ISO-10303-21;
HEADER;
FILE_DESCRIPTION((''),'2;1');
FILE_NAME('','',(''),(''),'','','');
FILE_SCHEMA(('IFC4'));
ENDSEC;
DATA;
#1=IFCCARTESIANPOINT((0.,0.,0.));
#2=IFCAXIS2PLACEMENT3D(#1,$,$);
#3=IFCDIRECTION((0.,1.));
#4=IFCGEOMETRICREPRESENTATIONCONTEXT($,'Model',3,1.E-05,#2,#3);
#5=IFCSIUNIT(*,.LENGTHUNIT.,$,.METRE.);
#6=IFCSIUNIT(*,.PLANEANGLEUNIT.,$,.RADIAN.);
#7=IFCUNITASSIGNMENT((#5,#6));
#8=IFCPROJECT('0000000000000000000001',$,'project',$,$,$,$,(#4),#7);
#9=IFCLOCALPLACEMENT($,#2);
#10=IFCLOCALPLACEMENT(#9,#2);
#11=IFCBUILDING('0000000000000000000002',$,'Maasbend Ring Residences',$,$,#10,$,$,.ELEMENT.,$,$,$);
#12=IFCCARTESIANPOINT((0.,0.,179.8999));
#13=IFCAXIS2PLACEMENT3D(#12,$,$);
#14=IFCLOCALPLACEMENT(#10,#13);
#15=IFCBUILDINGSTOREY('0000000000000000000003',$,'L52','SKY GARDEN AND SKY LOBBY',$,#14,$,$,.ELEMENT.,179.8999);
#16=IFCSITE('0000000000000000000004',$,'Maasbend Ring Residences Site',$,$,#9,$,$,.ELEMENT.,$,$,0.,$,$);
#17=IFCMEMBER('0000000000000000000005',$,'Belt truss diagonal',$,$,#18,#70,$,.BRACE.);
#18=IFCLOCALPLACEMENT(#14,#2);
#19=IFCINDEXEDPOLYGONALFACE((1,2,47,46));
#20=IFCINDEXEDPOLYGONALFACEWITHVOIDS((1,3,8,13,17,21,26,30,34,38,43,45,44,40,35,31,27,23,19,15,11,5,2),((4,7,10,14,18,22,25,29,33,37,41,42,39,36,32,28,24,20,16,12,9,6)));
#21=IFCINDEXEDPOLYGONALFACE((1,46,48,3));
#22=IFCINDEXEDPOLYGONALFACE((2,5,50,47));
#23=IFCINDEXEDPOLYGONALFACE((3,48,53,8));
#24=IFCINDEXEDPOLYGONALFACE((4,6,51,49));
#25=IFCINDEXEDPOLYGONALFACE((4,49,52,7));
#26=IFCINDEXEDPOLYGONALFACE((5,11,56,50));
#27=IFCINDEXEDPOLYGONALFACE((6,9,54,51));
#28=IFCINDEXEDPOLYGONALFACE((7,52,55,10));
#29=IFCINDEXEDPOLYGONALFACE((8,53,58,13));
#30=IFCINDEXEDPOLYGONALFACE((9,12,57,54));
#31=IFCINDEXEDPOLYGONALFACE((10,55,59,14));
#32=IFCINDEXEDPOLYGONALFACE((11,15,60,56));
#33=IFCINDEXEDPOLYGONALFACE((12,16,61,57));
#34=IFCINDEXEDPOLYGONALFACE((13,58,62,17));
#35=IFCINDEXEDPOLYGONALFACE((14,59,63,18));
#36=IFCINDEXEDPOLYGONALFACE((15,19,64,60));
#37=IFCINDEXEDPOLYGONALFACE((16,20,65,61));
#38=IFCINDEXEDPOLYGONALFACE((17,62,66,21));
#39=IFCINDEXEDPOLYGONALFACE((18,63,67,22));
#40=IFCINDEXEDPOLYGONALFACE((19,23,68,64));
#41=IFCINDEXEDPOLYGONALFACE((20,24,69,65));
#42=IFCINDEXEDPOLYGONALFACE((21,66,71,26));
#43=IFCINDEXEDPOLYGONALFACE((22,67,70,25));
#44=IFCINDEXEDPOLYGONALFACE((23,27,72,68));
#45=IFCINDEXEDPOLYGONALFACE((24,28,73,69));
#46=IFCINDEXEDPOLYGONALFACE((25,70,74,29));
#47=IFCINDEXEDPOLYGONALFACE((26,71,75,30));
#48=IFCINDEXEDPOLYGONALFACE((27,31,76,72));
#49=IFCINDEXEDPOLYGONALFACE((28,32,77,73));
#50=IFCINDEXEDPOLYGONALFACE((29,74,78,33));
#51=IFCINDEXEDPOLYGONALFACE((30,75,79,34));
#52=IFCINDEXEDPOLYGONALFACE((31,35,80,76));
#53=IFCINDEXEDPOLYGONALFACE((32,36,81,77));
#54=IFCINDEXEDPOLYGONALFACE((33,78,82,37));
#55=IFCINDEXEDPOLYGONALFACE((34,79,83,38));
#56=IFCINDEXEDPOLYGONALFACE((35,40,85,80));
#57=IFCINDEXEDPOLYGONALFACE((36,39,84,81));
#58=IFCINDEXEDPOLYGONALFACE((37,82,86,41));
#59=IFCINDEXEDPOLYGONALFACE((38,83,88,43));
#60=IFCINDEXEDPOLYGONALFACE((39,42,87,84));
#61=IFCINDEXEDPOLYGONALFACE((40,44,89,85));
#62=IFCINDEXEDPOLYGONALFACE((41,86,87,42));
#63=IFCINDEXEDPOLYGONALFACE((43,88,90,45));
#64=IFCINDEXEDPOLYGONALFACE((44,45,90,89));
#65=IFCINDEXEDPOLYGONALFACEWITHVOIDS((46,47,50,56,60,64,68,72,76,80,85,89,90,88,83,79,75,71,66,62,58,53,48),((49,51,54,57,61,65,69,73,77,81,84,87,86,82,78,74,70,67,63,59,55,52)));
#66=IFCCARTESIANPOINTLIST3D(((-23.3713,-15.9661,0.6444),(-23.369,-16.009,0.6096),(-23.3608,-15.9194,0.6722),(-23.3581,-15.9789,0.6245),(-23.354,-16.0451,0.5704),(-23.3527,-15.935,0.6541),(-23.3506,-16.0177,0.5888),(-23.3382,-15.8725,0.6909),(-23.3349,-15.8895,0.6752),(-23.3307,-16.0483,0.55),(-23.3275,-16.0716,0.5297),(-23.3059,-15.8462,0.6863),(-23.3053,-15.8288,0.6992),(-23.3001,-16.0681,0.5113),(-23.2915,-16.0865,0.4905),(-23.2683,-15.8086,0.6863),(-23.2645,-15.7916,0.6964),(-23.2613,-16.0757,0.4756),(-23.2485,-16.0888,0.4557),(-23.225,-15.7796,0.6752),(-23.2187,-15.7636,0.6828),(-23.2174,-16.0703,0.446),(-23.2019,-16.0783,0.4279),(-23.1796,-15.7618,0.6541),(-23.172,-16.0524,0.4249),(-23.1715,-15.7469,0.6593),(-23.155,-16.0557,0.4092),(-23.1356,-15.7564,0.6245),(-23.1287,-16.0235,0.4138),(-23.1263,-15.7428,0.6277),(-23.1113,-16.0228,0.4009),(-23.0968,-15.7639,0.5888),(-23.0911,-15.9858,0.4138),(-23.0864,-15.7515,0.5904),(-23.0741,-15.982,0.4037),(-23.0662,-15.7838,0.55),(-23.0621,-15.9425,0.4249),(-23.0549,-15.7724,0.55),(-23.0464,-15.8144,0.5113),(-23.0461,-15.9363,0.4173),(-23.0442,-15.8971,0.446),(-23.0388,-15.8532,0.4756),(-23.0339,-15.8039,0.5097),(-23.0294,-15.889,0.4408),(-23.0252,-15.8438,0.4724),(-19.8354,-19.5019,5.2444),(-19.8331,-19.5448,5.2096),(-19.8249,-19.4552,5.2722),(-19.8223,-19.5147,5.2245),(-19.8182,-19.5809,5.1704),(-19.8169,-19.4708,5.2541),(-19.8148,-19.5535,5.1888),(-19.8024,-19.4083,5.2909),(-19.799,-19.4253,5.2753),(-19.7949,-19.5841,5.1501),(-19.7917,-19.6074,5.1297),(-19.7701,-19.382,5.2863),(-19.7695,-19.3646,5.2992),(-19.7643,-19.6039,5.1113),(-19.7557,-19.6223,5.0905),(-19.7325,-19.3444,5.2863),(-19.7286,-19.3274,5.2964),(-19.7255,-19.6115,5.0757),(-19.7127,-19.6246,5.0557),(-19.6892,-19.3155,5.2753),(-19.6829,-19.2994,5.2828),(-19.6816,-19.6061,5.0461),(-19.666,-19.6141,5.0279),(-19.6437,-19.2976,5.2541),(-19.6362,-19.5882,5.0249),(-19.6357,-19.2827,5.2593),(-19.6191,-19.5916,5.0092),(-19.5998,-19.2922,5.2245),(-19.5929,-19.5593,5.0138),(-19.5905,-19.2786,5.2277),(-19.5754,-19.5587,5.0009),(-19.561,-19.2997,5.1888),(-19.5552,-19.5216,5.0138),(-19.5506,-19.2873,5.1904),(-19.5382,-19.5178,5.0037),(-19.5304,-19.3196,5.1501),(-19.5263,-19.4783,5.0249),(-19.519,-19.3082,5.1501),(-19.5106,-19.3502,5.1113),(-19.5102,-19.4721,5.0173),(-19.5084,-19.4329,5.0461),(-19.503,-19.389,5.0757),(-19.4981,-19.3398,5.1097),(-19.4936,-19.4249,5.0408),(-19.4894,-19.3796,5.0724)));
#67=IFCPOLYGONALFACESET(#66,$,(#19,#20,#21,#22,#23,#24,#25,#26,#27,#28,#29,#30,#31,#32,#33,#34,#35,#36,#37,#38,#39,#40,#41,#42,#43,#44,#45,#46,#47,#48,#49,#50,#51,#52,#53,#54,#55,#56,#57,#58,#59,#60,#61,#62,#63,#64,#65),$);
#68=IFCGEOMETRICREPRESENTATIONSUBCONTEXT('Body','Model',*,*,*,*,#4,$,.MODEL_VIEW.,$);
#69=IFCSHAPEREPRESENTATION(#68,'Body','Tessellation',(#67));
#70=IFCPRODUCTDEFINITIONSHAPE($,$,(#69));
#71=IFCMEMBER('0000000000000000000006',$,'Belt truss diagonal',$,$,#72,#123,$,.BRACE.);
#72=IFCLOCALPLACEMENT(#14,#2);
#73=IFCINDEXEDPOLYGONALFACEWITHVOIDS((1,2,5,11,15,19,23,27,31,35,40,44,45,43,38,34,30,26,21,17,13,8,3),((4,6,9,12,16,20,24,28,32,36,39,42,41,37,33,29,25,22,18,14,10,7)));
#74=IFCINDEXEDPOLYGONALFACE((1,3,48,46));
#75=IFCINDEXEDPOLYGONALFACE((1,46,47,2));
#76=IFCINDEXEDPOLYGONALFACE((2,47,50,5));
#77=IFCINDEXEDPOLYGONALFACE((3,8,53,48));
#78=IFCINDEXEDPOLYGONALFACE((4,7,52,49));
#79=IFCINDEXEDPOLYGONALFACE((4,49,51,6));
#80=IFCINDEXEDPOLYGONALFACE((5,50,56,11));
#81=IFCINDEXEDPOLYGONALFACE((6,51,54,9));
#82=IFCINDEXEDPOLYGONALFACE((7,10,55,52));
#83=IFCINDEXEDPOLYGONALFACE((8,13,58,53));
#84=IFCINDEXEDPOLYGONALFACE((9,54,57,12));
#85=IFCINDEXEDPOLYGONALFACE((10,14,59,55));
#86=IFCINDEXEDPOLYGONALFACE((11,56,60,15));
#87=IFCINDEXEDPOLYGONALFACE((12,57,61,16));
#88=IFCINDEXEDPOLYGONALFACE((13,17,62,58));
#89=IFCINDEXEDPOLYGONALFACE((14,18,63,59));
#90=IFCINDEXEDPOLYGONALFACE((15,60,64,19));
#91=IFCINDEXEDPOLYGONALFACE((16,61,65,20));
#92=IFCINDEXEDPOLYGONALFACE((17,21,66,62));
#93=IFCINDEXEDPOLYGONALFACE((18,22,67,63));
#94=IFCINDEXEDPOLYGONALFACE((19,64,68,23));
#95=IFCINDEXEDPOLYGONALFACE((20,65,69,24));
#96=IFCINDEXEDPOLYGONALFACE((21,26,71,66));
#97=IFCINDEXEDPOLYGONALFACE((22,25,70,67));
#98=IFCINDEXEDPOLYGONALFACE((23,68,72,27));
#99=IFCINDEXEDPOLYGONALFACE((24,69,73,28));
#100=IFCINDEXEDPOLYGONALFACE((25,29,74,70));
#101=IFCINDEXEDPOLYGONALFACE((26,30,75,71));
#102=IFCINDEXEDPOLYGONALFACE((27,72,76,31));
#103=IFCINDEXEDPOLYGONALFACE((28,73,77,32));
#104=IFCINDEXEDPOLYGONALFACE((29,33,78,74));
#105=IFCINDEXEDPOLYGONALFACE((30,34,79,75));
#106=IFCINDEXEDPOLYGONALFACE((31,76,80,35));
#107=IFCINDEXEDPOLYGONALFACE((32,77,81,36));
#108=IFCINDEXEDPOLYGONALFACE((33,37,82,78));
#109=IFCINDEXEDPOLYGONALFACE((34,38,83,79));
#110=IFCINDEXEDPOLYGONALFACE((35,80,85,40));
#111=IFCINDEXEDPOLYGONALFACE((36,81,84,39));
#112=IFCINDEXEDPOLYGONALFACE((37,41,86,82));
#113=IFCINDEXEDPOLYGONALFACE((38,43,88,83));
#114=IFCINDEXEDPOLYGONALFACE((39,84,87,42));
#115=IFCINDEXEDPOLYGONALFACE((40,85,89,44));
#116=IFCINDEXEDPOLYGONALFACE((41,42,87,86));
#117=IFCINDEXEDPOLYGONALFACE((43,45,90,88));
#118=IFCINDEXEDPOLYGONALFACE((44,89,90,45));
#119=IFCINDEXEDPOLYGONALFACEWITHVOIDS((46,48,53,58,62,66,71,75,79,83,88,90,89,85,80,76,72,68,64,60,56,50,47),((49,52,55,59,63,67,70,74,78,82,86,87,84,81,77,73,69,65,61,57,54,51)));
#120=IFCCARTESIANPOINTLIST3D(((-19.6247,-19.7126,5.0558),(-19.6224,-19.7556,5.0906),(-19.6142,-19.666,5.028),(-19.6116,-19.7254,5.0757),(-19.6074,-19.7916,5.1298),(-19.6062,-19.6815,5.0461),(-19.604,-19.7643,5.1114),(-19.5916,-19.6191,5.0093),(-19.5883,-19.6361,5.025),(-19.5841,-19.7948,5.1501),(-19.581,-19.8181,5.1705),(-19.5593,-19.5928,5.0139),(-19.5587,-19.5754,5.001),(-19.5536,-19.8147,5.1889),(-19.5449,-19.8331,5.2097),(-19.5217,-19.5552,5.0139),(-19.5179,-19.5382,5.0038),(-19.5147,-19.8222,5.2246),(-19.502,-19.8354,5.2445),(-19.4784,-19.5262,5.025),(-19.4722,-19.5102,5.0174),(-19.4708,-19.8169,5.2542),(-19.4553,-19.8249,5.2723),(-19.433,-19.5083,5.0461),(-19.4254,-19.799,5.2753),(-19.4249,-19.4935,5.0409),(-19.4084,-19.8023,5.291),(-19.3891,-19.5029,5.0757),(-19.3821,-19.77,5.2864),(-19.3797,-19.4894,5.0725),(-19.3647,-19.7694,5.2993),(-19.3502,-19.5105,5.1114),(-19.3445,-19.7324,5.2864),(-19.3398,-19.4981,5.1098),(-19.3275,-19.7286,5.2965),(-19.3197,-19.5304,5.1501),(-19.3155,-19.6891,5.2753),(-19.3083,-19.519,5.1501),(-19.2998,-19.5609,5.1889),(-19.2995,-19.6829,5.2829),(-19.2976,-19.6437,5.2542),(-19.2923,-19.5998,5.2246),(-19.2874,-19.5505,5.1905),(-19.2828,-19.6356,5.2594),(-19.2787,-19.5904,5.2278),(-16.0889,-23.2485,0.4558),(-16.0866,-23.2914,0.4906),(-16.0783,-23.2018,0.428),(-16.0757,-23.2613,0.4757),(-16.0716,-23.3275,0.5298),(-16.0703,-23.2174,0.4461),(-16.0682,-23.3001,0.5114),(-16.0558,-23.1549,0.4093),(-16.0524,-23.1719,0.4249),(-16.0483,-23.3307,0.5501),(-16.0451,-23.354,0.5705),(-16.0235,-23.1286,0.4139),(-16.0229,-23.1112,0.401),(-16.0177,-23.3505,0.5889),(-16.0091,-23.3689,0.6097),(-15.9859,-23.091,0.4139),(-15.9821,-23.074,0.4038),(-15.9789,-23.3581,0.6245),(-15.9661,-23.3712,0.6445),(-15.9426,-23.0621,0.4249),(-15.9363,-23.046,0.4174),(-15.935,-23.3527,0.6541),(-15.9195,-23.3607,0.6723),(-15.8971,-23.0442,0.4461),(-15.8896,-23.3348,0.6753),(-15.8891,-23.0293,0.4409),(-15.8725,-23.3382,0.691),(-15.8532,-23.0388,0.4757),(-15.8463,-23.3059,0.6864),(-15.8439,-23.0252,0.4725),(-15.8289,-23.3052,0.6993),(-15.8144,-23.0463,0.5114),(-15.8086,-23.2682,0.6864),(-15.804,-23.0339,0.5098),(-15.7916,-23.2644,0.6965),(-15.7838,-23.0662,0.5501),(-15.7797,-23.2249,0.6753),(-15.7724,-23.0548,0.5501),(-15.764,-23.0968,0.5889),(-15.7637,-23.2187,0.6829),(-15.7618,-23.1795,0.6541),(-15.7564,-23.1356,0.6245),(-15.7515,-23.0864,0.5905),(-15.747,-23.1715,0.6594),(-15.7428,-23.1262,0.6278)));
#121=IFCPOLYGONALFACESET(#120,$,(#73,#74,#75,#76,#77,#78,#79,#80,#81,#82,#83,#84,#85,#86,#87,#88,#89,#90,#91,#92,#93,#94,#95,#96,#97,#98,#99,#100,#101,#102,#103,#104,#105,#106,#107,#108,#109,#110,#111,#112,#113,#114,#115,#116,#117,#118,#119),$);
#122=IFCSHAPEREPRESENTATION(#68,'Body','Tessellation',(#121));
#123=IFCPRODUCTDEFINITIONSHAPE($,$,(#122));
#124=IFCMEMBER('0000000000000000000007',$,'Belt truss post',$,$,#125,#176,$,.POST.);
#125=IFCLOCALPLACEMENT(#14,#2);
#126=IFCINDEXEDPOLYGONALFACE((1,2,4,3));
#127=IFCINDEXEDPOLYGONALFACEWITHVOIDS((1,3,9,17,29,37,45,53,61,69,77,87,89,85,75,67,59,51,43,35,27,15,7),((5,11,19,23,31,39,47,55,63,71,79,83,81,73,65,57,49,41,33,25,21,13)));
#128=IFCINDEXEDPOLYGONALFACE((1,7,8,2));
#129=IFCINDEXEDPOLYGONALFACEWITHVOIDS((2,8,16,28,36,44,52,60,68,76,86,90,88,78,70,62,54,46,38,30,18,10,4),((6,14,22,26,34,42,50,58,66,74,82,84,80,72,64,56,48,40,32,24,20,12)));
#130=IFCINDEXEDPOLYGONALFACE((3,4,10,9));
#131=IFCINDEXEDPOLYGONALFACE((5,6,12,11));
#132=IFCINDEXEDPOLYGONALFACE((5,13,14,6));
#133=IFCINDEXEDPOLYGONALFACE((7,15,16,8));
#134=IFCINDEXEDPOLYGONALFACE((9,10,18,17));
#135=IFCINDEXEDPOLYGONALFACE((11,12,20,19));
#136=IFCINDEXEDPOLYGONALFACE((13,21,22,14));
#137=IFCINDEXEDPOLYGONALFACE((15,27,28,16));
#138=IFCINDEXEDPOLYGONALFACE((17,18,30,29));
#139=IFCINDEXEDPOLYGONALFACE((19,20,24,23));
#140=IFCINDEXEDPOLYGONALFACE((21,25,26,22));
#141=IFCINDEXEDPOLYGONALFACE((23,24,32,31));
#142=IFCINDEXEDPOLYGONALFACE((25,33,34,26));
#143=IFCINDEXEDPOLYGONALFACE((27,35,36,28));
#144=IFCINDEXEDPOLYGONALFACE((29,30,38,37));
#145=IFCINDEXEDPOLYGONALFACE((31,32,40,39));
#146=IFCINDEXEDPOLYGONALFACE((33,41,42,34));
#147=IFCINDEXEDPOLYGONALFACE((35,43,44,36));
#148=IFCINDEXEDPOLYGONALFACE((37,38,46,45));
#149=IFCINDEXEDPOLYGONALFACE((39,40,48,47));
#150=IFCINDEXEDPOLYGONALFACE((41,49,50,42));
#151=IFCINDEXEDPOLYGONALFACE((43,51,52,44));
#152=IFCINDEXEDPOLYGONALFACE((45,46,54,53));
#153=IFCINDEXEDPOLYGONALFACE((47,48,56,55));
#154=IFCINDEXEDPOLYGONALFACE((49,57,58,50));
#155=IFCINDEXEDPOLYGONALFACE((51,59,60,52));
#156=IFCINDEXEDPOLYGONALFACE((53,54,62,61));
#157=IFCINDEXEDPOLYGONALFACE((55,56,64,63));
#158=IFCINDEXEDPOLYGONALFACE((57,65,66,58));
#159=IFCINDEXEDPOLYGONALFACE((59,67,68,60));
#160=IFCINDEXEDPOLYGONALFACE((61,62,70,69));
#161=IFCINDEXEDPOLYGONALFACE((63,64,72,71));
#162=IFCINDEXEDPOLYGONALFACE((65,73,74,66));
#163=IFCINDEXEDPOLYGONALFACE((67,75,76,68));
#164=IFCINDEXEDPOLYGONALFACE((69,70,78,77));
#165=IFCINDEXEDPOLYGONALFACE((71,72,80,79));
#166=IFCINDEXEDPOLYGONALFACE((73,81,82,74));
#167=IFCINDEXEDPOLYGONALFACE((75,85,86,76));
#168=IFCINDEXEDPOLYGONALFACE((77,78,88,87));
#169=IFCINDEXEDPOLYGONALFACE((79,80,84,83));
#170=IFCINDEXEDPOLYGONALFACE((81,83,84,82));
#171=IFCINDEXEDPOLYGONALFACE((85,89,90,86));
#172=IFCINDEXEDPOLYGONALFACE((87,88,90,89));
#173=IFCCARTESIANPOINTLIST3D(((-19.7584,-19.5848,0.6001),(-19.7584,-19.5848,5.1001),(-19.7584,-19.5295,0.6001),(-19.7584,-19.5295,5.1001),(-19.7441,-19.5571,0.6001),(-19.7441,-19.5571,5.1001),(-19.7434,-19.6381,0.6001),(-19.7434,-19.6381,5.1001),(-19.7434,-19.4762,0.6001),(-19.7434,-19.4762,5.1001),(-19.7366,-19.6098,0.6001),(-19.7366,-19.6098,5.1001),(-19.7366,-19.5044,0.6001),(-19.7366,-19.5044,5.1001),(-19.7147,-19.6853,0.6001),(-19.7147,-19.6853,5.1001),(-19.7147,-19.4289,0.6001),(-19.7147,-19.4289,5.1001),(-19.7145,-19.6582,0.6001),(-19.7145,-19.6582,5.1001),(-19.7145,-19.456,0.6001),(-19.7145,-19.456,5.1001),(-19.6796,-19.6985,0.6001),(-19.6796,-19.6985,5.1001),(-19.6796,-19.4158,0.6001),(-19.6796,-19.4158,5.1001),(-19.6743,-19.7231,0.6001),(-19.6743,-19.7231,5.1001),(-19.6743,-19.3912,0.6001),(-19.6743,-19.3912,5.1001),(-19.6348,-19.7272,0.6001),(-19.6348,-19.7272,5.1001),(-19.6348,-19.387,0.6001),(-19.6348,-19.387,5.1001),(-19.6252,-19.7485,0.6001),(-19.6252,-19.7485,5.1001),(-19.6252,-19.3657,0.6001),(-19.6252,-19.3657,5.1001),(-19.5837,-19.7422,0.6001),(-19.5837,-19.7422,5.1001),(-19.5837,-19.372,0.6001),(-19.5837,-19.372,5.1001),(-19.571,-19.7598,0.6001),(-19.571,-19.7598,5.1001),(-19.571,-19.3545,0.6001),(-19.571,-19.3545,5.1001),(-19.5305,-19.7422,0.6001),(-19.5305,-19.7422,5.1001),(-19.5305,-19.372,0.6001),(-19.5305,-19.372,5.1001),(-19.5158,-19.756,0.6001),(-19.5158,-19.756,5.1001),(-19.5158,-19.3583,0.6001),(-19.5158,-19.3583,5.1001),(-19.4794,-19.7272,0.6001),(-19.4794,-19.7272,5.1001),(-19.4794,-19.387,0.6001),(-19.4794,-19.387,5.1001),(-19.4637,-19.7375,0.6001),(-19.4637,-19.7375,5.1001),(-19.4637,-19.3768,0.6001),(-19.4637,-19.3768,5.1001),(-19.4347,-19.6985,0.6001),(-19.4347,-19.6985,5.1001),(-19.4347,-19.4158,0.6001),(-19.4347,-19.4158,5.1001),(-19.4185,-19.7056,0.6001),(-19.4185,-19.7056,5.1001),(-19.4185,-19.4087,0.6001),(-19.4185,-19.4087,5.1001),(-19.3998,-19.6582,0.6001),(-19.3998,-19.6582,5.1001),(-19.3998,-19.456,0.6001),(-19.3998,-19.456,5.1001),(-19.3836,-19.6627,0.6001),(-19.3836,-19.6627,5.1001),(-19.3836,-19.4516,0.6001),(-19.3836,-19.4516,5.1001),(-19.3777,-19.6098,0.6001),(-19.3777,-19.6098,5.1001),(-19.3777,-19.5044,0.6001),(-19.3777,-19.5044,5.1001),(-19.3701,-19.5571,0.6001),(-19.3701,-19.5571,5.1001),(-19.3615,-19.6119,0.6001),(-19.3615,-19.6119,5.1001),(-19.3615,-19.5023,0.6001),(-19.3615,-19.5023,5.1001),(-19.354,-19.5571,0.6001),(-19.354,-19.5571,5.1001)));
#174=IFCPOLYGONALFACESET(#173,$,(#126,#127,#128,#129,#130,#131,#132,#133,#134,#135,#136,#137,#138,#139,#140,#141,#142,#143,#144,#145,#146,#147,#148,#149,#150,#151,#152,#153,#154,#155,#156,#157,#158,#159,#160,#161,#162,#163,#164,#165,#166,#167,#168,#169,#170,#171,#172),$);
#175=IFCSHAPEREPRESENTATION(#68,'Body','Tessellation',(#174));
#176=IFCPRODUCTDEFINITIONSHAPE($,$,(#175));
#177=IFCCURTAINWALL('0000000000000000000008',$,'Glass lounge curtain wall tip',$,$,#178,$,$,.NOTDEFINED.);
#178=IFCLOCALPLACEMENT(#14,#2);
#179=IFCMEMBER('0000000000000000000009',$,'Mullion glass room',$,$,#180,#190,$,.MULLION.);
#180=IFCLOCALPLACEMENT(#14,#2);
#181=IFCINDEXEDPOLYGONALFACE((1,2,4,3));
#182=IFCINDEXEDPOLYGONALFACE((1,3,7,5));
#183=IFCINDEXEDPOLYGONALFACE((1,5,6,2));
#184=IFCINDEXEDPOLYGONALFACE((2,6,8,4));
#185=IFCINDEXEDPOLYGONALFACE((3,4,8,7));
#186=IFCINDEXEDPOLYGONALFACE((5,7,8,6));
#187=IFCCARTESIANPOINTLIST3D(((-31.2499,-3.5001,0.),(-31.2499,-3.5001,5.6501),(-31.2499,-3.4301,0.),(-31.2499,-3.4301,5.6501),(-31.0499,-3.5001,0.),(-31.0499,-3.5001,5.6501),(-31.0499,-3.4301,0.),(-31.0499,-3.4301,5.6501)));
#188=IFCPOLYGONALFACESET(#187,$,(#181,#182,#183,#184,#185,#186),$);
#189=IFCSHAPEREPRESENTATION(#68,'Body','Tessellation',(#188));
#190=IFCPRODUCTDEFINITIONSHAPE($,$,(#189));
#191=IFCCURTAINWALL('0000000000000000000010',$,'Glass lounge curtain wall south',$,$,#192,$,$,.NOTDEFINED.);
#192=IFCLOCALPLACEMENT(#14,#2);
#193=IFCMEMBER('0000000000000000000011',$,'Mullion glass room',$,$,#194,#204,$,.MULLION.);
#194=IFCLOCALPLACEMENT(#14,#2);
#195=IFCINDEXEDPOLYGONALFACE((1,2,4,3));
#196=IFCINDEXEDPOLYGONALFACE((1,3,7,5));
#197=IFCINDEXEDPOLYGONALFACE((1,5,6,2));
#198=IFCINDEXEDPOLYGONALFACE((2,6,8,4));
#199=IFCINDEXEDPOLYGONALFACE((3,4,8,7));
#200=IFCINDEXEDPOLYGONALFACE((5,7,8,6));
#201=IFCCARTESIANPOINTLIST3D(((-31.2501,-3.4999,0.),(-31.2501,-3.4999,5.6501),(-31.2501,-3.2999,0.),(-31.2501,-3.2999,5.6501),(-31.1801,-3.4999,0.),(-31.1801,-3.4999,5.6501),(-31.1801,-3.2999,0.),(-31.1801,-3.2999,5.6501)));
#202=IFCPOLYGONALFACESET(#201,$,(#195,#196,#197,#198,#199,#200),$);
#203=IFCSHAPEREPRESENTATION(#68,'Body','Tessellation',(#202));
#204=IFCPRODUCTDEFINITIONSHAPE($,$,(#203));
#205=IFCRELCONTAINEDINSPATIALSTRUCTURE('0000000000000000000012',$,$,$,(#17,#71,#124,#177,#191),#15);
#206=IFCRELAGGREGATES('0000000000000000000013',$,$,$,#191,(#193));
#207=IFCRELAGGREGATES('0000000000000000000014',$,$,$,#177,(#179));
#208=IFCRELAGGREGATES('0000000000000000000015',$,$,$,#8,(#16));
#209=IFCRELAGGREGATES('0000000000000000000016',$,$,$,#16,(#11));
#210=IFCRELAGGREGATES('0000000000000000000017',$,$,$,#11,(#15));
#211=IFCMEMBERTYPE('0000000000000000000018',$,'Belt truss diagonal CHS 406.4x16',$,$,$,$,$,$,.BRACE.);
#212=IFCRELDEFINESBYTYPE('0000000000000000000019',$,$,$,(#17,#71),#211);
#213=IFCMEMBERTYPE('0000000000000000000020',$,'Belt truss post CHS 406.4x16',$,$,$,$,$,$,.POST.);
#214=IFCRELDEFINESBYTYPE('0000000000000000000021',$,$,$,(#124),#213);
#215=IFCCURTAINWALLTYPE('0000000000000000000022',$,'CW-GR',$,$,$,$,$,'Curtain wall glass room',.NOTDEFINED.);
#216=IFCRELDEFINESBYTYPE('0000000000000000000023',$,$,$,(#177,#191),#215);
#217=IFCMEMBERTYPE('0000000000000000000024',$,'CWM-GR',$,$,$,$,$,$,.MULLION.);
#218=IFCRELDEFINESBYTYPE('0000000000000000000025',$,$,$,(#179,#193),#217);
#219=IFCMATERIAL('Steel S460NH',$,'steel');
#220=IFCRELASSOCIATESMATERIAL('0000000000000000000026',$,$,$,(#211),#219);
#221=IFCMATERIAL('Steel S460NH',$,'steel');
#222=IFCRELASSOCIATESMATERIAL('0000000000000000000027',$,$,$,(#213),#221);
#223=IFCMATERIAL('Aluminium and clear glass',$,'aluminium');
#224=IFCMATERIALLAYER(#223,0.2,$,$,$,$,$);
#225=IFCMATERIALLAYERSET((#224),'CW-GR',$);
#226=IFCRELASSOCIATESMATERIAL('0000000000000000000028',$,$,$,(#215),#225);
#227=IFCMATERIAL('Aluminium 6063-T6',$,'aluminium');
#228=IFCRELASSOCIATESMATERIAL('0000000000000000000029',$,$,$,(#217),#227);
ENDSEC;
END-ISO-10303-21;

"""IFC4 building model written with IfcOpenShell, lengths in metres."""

from ifc_helpers import new_model, si_unit, direction, frame, origin, origin_2d, place, context, subcontext, project, spatial, rectangle, hollow_circle, extrude, material, layer, layer_set, material_profile, profile_set, type_object, element, aggregate, save


model = new_model("IFC4")

# Units and contexts
model_context = context("Model", 3, precision=1e-05, world=origin(), true_north=direction((0.0, 1.0)))
body_context = subcontext(model_context, "Body", "Model", "MODEL_VIEW")
ifc_project = project(units=[si_unit("LENGTHUNIT", "METRE"), si_unit("PLANEANGLEUNIT", "RADIAN")], contexts=[model_context])

# Site, building, storey
site_placement = place(None, origin())
site = spatial("IfcSite", under=ifc_project, at=site_placement, Name="Maasbend Ring Residences Site", CompositionType="ELEMENT", RefElevation=0.0)
building_placement = place(site_placement, origin())
building = spatial("IfcBuilding", under=site, at=building_placement, Name="Maasbend Ring Residences", CompositionType="ELEMENT")
storey_placement = place(building_placement, frame((0.0, 0.0, 179.8999)))
storey = spatial("IfcBuildingStorey", under=building, at=storey_placement, Name="L52", Description="SKY GARDEN AND SKY LOBBY", CompositionType="ELEMENT", Elevation=179.8999)

# Members
ifc_material_1 = material(Name="Steel S460NH", Category="steel")
ifc_material_profile_1 = material_profile(ifc_material_1, hollow_circle(Radius=0.2031, WallThickness=0.0161, at=origin_2d()), Name="Belt truss diagonal CHS 406.4x16")
ifc_profile_set_1 = profile_set([ifc_material_profile_1], Name="Steel S460NH")
member_type_1 = type_object("IfcMemberType", Name="Belt truss diagonal CHS 406.4x16", PredefinedType="BRACE", material=ifc_profile_set_1)
for number, where, z_axis, x_axis, name in (
    (1, (-23.1985, -15.916, 0.55), (0.520401, -0.520401, 0.677028), (0.707107, 0.707107, 0.0), "Belt truss diagonal"),
    (2, (-19.4519, -19.6626, 5.1501), (0.520401, -0.520401, -0.677028), (0.707107, 0.707107, 0.0), "Belt truss diagonal"),
):
    element("IfcMember", number, at=place(storey_placement, frame(where, z_axis=z_axis, x_axis=x_axis)), inside=storey, type_object=member_type_1, Name=name, PredefinedType="BRACE", context=body_context, shape_type="SweptSolid", body=[
        extrude(hollow_circle(Radius=0.2031, WallThickness=0.0161, at=origin_2d()), origin(), (0.0, 0.0, 1.0), 6.7944),
    ])
ifc_material_2 = material(Name="Steel S460NH", Category="steel")
ifc_material_profile_2 = material_profile(ifc_material_2, hollow_circle(Radius=0.2031, WallThickness=0.0161, at=origin_2d()), Name="Belt truss post CHS 406.4x16")
ifc_profile_set_2 = profile_set([ifc_material_profile_2], Name="Steel S460NH")
member_type_2 = type_object("IfcMemberType", Name="Belt truss post CHS 406.4x16", PredefinedType="POST", material=ifc_profile_set_2)
member_1_placement = place(storey_placement, frame((-19.5571, -19.5571, 0.6001), z_axis=(0.0, 0.0, 1.0), x_axis=(1.0, 0.0, 0.0)))
element("IfcMember", 3, at=member_1_placement, inside=storey, type_object=member_type_2, Name="Belt truss post", PredefinedType="POST", context=body_context, shape_type="SweptSolid", body=[
    extrude(hollow_circle(Radius=0.2031, WallThickness=0.0161, at=origin_2d()), origin(), (0.0, 0.0, 1.0), 4.5),
])

# Curtain walls, members
ifc_material_3 = material(Name="Aluminium and clear glass", Category="aluminium")
ifc_layer_1 = layer(ifc_material_3, 0.2)
ifc_layer_set_1 = layer_set([ifc_layer_1], Name="CW-GR")
curtain_wall_type = type_object("IfcCurtainWallType", Name="CW-GR", ElementType="Curtain wall glass room", PredefinedType="NOTDEFINED", material=ifc_layer_set_1)
curtain_wall_1_placement = place(storey_placement, origin())
curtain_wall_1 = element("IfcCurtainWall", 4, at=curtain_wall_1_placement, inside=storey, type_object=curtain_wall_type, Name="Glass lounge curtain wall tip", PredefinedType="NOTDEFINED")
ifc_material_4 = material(Name="Aluminium 6063-T6", Category="aluminium")
ifc_material_profile_3 = material_profile(ifc_material_4, rectangle(XDim=0.2, YDim=0.0701, at=origin_2d()), Name="AL 200x70")
ifc_profile_set_3 = profile_set([ifc_material_profile_3], Name="Aluminium 6063-T6")
member_type_3 = type_object("IfcMemberType", Name="CWM-GR", PredefinedType="MULLION", material=ifc_profile_set_3)
member_2_placement = place(storey_placement, frame((-31.1499, -3.4651, 0.0), z_axis=(0.0, 0.0, 1.0), x_axis=(-1.0, 0.0, 0.0)))
member_2 = element("IfcMember", 5, at=member_2_placement, type_object=member_type_3, Name="Mullion glass room", PredefinedType="MULLION", context=body_context, shape_type="SweptSolid", body=[
    extrude(rectangle(XDim=0.2, YDim=0.0701, at=origin_2d()), origin(), (0.0, 0.0, 1.0), 5.6501),
])
curtain_wall_2_placement = place(storey_placement, origin())
curtain_wall_2 = element("IfcCurtainWall", 6, at=curtain_wall_2_placement, inside=storey, type_object=curtain_wall_type, Name="Glass lounge curtain wall south", PredefinedType="NOTDEFINED")
member_3_placement = place(storey_placement, frame((-31.2151, -3.3999, 0.0), z_axis=(0.0, 0.0, 1.0), x_axis=(0.0, -1.0, 0.0)))
member_3 = element("IfcMember", 7, at=member_3_placement, type_object=member_type_3, Name="Mullion glass room", PredefinedType="MULLION", context=body_context, shape_type="SweptSolid", body=[
    extrude(rectangle(XDim=0.2, YDim=0.0701, at=origin_2d()), origin(), (0.0, 0.0, 1.0), 5.6501),
])
aggregate(curtain_wall_2, [member_3])

aggregate(curtain_wall_1, [member_2])

save(model, "model.ifc")
